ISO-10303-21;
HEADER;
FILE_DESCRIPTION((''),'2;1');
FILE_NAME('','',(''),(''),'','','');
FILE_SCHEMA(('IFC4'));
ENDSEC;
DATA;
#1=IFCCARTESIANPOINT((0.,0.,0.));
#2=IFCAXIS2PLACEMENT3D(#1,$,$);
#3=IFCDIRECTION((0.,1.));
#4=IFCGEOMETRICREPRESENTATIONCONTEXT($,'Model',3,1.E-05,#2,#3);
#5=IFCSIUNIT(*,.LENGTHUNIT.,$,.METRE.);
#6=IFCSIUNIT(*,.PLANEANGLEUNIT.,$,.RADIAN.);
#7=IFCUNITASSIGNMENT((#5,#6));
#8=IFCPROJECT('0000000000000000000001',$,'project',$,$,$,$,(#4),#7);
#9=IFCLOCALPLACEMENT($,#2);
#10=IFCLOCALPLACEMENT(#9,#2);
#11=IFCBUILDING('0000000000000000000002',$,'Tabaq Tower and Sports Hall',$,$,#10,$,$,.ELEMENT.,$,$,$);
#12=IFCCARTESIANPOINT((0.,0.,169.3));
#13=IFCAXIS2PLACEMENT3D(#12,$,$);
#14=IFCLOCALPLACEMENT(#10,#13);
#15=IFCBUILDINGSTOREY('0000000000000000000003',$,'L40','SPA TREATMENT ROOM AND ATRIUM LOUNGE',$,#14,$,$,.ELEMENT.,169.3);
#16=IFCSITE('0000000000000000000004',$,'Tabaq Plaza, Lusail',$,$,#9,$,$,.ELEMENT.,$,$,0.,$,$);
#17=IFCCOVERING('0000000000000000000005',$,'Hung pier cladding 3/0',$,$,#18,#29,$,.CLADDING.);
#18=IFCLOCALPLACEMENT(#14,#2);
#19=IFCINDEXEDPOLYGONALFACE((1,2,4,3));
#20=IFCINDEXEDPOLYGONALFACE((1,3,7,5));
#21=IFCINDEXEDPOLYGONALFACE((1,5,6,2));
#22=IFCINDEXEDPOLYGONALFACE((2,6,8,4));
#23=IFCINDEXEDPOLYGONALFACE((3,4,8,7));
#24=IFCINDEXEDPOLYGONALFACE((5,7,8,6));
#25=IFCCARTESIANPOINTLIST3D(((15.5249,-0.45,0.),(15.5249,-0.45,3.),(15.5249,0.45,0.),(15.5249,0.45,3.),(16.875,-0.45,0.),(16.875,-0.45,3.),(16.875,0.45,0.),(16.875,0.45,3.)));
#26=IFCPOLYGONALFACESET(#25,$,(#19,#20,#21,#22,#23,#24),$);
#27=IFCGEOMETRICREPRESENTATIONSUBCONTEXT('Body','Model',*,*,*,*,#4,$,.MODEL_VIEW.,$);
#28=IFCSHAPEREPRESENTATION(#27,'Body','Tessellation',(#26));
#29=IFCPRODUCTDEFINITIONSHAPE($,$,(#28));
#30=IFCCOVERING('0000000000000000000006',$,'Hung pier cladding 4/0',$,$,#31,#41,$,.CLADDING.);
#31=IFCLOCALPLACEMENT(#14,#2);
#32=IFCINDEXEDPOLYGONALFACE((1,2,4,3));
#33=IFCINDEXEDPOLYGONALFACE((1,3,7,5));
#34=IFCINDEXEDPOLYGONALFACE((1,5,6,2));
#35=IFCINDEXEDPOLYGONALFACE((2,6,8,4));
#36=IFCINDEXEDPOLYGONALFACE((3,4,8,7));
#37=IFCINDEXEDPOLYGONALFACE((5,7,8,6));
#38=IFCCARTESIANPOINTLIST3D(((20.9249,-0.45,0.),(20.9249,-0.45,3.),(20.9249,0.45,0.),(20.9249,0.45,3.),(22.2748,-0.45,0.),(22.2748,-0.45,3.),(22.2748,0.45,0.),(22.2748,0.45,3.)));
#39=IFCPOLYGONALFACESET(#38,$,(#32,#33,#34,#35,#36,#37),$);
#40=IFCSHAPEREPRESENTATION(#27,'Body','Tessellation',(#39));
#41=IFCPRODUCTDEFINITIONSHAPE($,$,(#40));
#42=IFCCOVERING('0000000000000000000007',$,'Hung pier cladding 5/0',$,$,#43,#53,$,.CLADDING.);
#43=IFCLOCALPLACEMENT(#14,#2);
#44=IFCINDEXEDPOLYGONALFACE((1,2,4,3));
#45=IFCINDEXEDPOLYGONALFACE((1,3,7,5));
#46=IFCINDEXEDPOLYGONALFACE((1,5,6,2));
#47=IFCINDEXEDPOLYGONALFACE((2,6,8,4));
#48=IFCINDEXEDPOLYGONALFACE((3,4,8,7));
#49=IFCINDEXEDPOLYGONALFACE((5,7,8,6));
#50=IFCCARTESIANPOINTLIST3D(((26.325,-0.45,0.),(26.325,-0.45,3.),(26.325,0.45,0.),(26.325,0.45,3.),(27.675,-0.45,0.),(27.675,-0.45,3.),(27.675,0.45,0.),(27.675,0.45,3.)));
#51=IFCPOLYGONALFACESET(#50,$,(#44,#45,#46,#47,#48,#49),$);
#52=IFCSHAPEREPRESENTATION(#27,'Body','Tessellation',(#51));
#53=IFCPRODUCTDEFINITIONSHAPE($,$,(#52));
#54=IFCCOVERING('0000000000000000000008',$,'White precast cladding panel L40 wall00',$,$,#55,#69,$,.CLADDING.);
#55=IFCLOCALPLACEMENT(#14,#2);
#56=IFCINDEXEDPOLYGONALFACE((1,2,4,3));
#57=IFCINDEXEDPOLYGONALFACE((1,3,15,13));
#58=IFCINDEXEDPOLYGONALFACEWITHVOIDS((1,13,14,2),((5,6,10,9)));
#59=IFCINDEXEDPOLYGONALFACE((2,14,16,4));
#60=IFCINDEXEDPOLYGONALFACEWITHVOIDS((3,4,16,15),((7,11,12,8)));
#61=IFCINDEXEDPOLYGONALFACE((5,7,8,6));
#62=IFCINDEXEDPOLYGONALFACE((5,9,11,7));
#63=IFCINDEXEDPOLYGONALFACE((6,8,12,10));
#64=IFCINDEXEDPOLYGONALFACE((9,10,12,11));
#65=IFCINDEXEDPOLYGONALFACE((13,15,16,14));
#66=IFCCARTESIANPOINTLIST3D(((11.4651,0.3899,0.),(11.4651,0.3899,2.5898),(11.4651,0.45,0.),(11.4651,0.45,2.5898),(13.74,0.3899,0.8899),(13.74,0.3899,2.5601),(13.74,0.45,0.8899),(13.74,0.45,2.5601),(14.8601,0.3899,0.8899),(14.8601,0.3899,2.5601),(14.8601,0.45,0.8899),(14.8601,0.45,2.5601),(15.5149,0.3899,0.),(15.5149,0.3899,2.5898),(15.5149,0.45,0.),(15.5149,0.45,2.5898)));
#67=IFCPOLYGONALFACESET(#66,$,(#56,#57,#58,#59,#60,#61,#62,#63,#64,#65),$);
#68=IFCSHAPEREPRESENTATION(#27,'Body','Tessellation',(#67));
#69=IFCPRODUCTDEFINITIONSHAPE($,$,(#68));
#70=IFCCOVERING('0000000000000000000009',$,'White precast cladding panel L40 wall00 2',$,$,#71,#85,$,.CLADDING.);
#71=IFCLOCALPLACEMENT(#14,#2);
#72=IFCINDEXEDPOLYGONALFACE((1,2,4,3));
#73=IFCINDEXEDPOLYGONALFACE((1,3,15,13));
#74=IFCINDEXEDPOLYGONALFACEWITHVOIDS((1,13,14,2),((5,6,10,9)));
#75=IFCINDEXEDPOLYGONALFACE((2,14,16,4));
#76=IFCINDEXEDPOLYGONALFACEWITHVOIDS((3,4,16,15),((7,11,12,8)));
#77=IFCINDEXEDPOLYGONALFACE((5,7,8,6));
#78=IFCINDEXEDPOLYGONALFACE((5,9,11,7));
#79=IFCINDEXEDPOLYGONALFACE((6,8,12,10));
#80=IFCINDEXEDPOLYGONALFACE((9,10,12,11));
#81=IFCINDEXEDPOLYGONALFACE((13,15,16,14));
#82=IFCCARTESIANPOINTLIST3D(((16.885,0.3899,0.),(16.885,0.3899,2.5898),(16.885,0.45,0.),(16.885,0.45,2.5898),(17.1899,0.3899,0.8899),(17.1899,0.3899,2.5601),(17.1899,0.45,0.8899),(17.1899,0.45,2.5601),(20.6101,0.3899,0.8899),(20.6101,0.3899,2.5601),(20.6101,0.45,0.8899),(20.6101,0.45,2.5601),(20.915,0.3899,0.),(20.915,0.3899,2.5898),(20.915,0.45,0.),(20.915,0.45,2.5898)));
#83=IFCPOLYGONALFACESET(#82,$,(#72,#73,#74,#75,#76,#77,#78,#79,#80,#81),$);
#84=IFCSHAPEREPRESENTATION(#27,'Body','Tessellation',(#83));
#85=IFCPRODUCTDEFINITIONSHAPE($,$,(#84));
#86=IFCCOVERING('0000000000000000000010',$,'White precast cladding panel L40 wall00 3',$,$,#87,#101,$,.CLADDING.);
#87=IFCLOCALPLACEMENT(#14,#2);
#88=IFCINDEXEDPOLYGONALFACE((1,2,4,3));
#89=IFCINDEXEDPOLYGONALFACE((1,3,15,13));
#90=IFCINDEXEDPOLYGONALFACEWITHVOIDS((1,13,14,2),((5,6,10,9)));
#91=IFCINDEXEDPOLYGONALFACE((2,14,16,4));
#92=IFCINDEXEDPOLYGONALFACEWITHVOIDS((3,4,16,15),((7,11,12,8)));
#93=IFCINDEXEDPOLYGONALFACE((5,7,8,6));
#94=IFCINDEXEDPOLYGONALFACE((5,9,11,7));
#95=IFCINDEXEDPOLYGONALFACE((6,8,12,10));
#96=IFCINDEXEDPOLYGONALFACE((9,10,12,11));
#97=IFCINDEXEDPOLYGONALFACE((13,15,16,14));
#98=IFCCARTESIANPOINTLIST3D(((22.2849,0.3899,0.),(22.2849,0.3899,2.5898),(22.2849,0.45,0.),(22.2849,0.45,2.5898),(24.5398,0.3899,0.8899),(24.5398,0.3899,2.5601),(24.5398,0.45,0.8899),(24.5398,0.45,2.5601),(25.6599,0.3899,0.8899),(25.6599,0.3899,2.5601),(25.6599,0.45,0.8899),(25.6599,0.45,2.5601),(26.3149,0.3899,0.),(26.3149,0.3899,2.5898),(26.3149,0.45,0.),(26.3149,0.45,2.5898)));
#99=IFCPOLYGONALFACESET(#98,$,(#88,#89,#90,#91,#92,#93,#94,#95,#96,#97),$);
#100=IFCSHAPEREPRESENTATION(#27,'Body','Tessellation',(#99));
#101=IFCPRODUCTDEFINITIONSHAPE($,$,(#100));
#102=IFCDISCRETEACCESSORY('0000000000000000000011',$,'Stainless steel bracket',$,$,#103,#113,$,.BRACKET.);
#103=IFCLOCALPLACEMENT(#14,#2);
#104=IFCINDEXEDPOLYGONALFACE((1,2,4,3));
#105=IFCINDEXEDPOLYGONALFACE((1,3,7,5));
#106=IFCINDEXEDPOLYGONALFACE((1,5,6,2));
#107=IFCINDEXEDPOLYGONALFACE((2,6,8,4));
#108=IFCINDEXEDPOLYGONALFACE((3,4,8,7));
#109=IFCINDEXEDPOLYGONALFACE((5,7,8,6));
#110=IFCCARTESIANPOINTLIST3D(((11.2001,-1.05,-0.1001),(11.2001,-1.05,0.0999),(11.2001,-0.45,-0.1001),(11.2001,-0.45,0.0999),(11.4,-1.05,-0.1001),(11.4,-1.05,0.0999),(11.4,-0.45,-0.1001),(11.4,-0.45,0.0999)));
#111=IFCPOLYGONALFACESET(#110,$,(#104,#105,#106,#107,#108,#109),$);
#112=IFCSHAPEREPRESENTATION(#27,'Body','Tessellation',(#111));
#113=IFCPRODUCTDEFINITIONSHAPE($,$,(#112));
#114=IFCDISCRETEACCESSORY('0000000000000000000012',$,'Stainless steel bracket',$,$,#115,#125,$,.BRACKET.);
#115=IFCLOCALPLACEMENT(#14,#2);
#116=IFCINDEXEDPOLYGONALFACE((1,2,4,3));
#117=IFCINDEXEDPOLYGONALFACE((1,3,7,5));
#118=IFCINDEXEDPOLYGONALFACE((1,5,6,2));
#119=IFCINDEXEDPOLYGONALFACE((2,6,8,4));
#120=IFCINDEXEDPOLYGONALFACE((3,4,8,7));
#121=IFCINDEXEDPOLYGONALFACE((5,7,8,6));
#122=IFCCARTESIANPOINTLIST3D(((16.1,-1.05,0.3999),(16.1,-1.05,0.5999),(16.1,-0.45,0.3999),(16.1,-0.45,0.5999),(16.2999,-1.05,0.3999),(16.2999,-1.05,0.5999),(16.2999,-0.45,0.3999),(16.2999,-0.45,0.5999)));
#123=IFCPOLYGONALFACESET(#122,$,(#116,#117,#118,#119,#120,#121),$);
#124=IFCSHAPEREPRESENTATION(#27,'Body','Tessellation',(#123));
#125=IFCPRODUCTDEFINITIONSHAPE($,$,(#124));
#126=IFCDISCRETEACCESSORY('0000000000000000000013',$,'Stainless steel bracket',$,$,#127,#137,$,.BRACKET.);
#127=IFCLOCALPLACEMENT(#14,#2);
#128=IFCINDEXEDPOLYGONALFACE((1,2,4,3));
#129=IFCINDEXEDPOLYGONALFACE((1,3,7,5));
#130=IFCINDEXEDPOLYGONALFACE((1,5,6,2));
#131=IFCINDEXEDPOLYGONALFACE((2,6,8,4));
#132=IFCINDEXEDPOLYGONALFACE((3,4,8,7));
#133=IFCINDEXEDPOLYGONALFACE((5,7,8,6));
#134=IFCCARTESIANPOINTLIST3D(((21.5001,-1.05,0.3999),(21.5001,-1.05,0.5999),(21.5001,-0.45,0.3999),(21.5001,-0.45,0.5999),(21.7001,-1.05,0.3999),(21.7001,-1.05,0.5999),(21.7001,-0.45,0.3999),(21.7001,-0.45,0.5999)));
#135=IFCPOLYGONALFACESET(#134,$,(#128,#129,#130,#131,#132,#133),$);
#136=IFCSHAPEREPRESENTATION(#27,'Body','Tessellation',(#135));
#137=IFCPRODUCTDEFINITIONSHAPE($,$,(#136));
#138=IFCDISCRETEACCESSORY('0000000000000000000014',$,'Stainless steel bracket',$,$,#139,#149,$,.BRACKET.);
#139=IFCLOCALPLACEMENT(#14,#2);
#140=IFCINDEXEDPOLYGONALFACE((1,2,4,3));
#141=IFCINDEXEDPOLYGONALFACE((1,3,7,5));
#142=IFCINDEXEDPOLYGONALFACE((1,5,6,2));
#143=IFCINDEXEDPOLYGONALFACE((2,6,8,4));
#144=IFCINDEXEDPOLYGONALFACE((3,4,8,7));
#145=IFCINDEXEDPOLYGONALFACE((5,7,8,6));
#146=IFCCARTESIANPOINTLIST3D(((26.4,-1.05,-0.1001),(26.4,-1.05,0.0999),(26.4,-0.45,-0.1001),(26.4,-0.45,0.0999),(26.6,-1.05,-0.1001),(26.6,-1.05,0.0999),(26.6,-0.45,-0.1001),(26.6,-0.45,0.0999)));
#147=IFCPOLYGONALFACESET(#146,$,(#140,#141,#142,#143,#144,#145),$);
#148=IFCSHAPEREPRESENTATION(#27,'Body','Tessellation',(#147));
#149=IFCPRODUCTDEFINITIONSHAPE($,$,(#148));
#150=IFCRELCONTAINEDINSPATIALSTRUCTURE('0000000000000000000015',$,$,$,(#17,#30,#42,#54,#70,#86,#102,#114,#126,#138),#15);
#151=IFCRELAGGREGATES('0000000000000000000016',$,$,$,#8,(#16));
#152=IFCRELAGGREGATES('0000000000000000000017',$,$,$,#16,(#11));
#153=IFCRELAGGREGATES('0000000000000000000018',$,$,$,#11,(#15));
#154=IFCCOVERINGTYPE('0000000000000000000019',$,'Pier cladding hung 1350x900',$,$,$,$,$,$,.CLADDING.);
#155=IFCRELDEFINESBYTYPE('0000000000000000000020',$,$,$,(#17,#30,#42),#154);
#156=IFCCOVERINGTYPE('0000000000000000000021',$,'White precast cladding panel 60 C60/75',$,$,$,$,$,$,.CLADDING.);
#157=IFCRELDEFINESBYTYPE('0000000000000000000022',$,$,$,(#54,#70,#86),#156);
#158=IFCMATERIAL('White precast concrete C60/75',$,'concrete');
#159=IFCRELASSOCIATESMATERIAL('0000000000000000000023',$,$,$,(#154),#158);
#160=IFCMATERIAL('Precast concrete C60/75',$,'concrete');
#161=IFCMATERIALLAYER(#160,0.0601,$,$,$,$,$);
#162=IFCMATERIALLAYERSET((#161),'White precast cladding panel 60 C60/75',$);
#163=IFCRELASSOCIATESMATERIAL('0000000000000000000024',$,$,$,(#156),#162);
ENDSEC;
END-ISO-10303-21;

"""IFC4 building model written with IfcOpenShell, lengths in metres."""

from ifc_helpers import new_model, si_unit, direction, frame, frame_2d, origin, origin_2d, place, context, subcontext, project, spatial, polyline, rectangle, outline, extrude, material, layer, layer_set, type_object, element, save


model = new_model("IFC4")

# Units and contexts
model_context = context("Model", 3, precision=1e-05, world=origin(), true_north=direction((0.0, 1.0)))
body_context = subcontext(model_context, "Body", "Model", "MODEL_VIEW")
ifc_project = project(units=[si_unit("LENGTHUNIT", "METRE"), si_unit("PLANEANGLEUNIT", "RADIAN")], contexts=[model_context])

# Site, building, storey
site_placement = place(None, origin())
site = spatial("IfcSite", under=ifc_project, at=site_placement, Name="Tabaq Plaza, Lusail", CompositionType="ELEMENT", RefElevation=0.0)
building_placement = place(site_placement, origin())
building = spatial("IfcBuilding", under=site, at=building_placement, Name="Tabaq Tower and Sports Hall", CompositionType="ELEMENT")
storey_placement = place(building_placement, frame((0.0, 0.0, 169.3)))
storey = spatial("IfcBuildingStorey", under=building, at=storey_placement, Name="L40", Description="SPA TREATMENT ROOM AND ATRIUM LOUNGE", CompositionType="ELEMENT", Elevation=169.3)

# Coverings
ifc_material_1 = material(Name="White precast concrete C60/75", Category="concrete")
covering_type_1 = type_object("IfcCoveringType", Name="Pier cladding hung 1350x900", PredefinedType="CLADDING", material=ifc_material_1)
covering_1_placement = place(storey_placement, frame((15.5249, 0.0, 0.0), z_axis=(0.0, 0.0, 1.0), x_axis=(1.0, 0.0, 0.0)))
element("IfcCovering", 1, at=covering_1_placement, inside=storey, type_object=covering_type_1, Name="Hung pier cladding 3/0", PredefinedType="CLADDING", context=body_context, shape_type="SweptSolid", body=[
    extrude(rectangle(XDim=1.3501, YDim=0.8999, at=frame_2d((0.675, 0.0))), origin(), (0.0, 0.0, 1.0), 3.0),
])
covering_2_placement = place(storey_placement, frame((20.925, 0.0, 0.0), z_axis=(0.0, 0.0, 1.0), x_axis=(1.0, 0.0, 0.0)))
element("IfcCovering", 2, at=covering_2_placement, inside=storey, type_object=covering_type_1, Name="Hung pier cladding 4/0", PredefinedType="CLADDING", context=body_context, shape_type="SweptSolid", body=[
    extrude(rectangle(XDim=1.3499, YDim=0.8999, at=frame_2d((0.6748, 0.0))), origin(), (0.0, 0.0, 1.0), 3.0),
])
covering_3_placement = place(storey_placement, frame((26.325, 0.0, 0.0), z_axis=(0.0, 0.0, 1.0), x_axis=(1.0, 0.0, 0.0)))
element("IfcCovering", 3, at=covering_3_placement, inside=storey, type_object=covering_type_1, Name="Hung pier cladding 5/0", PredefinedType="CLADDING", context=body_context, shape_type="SweptSolid", body=[
    extrude(rectangle(XDim=1.3501, YDim=0.8999, at=frame_2d((0.675, 0.0))), origin(), (0.0, 0.0, 1.0), 3.0),
])
ifc_material_2 = material(Name="Precast concrete C60/75", Category="concrete")
ifc_layer_1 = layer(ifc_material_2, 0.0601)
ifc_layer_set_1 = layer_set([ifc_layer_1], Name="White precast cladding panel 60 C60/75")
covering_type_2 = type_object("IfcCoveringType", Name="White precast cladding panel 60 C60/75", PredefinedType="CLADDING", material=ifc_layer_set_1)
covering_4_placement = place(storey_placement, frame((11.4651, 0.4199, 0.0), z_axis=(0.0, 0.0, 1.0), x_axis=(1.0, 0.0, 0.0)))
element("IfcCovering", 4, at=covering_4_placement, inside=storey, type_object=covering_type_2, Name="White precast cladding panel L40 wall00", PredefinedType="CLADDING", context=body_context, shape_type="SweptSolid", body=[
    extrude(outline(polyline([(0.0, 0.0), (4.0498, 0.0), (4.0498, 2.5898), (0.0, 2.5898), (0.0, 0.0)]), holes=[polyline([(3.395, 0.8899), (2.2749, 0.8899), (2.2749, 2.5601), (3.395, 2.5601), (3.395, 0.8899)])]), frame((0.0, 0.03, 0.0), z_axis=(0.0, -1.0, 0.0), x_axis=(1.0, 0.0, 0.0)), (0.0, 0.0, 1.0), 0.0601),
])
covering_5_placement = place(storey_placement, frame((16.885, 0.4199, 0.0), z_axis=(0.0, 0.0, 1.0), x_axis=(1.0, 0.0, 0.0)))
element("IfcCovering", 5, at=covering_5_placement, inside=storey, type_object=covering_type_2, Name="White precast cladding panel L40 wall00 2", PredefinedType="CLADDING", context=body_context, shape_type="SweptSolid", body=[
    extrude(outline(polyline([(0.0, 0.0), (4.03, 0.0), (4.03, 2.5898), (0.0, 2.5898), (0.0, 0.0)]), holes=[polyline([(3.7251, 0.8899), (0.3049, 0.8899), (0.3049, 2.5601), (3.7251, 2.5601), (3.7251, 0.8899)])]), frame((0.0, 0.03, 0.0), z_axis=(0.0, -1.0, 0.0), x_axis=(1.0, 0.0, 0.0)), (0.0, 0.0, 1.0), 0.0601),
])
covering_6_placement = place(storey_placement, frame((22.2849, 0.4199, 0.0), z_axis=(0.0, 0.0, 1.0), x_axis=(1.0, 0.0, 0.0)))
element("IfcCovering", 6, at=covering_6_placement, inside=storey, type_object=covering_type_2, Name="White precast cladding panel L40 wall00 3", PredefinedType="CLADDING", context=body_context, shape_type="SweptSolid", body=[
    extrude(outline(polyline([(0.0, 0.0), (4.03, 0.0), (4.03, 2.5898), (0.0, 2.5898), (0.0, 0.0)]), holes=[polyline([(3.375, 0.8899), (2.2549, 0.8899), (2.2549, 2.5601), (3.375, 2.5601), (3.375, 0.8899)])]), frame((0.0, 0.03, 0.0), z_axis=(0.0, -1.0, 0.0), x_axis=(1.0, 0.0, 0.0)), (0.0, 0.0, 1.0), 0.0601),
])

# Discrete accessories
for number, where, z_axis, x_axis, name in (
    (7, (11.3, -0.75, -0.1001), (0.0, 0.0, 1.0), (0.0, -1.0, 0.0), "Stainless steel bracket"),
    (8, (16.2, -0.75, 0.3999), (0.0, 0.0, 1.0), (0.0, -1.0, 0.0), "Stainless steel bracket"),
    (9, (21.6001, -0.75, 0.3999), (0.0, 0.0, 1.0), (0.0, -1.0, 0.0), "Stainless steel bracket"),
    (10, (26.5, -0.75, -0.1001), (0.0, 0.0, 1.0), (0.0, -1.0, 0.0), "Stainless steel bracket"),
):
    element("IfcDiscreteAccessory", number, at=place(storey_placement, frame(where, z_axis=z_axis, x_axis=x_axis)), inside=storey, Name=name, PredefinedType="BRACKET", context=body_context, shape_type="SweptSolid", body=[
        extrude(rectangle(XDim=0.6001, YDim=0.2, at=origin_2d()), origin(), (0.0, 0.0, 1.0), 0.2),
    ])

save(model, "model.ifc")
